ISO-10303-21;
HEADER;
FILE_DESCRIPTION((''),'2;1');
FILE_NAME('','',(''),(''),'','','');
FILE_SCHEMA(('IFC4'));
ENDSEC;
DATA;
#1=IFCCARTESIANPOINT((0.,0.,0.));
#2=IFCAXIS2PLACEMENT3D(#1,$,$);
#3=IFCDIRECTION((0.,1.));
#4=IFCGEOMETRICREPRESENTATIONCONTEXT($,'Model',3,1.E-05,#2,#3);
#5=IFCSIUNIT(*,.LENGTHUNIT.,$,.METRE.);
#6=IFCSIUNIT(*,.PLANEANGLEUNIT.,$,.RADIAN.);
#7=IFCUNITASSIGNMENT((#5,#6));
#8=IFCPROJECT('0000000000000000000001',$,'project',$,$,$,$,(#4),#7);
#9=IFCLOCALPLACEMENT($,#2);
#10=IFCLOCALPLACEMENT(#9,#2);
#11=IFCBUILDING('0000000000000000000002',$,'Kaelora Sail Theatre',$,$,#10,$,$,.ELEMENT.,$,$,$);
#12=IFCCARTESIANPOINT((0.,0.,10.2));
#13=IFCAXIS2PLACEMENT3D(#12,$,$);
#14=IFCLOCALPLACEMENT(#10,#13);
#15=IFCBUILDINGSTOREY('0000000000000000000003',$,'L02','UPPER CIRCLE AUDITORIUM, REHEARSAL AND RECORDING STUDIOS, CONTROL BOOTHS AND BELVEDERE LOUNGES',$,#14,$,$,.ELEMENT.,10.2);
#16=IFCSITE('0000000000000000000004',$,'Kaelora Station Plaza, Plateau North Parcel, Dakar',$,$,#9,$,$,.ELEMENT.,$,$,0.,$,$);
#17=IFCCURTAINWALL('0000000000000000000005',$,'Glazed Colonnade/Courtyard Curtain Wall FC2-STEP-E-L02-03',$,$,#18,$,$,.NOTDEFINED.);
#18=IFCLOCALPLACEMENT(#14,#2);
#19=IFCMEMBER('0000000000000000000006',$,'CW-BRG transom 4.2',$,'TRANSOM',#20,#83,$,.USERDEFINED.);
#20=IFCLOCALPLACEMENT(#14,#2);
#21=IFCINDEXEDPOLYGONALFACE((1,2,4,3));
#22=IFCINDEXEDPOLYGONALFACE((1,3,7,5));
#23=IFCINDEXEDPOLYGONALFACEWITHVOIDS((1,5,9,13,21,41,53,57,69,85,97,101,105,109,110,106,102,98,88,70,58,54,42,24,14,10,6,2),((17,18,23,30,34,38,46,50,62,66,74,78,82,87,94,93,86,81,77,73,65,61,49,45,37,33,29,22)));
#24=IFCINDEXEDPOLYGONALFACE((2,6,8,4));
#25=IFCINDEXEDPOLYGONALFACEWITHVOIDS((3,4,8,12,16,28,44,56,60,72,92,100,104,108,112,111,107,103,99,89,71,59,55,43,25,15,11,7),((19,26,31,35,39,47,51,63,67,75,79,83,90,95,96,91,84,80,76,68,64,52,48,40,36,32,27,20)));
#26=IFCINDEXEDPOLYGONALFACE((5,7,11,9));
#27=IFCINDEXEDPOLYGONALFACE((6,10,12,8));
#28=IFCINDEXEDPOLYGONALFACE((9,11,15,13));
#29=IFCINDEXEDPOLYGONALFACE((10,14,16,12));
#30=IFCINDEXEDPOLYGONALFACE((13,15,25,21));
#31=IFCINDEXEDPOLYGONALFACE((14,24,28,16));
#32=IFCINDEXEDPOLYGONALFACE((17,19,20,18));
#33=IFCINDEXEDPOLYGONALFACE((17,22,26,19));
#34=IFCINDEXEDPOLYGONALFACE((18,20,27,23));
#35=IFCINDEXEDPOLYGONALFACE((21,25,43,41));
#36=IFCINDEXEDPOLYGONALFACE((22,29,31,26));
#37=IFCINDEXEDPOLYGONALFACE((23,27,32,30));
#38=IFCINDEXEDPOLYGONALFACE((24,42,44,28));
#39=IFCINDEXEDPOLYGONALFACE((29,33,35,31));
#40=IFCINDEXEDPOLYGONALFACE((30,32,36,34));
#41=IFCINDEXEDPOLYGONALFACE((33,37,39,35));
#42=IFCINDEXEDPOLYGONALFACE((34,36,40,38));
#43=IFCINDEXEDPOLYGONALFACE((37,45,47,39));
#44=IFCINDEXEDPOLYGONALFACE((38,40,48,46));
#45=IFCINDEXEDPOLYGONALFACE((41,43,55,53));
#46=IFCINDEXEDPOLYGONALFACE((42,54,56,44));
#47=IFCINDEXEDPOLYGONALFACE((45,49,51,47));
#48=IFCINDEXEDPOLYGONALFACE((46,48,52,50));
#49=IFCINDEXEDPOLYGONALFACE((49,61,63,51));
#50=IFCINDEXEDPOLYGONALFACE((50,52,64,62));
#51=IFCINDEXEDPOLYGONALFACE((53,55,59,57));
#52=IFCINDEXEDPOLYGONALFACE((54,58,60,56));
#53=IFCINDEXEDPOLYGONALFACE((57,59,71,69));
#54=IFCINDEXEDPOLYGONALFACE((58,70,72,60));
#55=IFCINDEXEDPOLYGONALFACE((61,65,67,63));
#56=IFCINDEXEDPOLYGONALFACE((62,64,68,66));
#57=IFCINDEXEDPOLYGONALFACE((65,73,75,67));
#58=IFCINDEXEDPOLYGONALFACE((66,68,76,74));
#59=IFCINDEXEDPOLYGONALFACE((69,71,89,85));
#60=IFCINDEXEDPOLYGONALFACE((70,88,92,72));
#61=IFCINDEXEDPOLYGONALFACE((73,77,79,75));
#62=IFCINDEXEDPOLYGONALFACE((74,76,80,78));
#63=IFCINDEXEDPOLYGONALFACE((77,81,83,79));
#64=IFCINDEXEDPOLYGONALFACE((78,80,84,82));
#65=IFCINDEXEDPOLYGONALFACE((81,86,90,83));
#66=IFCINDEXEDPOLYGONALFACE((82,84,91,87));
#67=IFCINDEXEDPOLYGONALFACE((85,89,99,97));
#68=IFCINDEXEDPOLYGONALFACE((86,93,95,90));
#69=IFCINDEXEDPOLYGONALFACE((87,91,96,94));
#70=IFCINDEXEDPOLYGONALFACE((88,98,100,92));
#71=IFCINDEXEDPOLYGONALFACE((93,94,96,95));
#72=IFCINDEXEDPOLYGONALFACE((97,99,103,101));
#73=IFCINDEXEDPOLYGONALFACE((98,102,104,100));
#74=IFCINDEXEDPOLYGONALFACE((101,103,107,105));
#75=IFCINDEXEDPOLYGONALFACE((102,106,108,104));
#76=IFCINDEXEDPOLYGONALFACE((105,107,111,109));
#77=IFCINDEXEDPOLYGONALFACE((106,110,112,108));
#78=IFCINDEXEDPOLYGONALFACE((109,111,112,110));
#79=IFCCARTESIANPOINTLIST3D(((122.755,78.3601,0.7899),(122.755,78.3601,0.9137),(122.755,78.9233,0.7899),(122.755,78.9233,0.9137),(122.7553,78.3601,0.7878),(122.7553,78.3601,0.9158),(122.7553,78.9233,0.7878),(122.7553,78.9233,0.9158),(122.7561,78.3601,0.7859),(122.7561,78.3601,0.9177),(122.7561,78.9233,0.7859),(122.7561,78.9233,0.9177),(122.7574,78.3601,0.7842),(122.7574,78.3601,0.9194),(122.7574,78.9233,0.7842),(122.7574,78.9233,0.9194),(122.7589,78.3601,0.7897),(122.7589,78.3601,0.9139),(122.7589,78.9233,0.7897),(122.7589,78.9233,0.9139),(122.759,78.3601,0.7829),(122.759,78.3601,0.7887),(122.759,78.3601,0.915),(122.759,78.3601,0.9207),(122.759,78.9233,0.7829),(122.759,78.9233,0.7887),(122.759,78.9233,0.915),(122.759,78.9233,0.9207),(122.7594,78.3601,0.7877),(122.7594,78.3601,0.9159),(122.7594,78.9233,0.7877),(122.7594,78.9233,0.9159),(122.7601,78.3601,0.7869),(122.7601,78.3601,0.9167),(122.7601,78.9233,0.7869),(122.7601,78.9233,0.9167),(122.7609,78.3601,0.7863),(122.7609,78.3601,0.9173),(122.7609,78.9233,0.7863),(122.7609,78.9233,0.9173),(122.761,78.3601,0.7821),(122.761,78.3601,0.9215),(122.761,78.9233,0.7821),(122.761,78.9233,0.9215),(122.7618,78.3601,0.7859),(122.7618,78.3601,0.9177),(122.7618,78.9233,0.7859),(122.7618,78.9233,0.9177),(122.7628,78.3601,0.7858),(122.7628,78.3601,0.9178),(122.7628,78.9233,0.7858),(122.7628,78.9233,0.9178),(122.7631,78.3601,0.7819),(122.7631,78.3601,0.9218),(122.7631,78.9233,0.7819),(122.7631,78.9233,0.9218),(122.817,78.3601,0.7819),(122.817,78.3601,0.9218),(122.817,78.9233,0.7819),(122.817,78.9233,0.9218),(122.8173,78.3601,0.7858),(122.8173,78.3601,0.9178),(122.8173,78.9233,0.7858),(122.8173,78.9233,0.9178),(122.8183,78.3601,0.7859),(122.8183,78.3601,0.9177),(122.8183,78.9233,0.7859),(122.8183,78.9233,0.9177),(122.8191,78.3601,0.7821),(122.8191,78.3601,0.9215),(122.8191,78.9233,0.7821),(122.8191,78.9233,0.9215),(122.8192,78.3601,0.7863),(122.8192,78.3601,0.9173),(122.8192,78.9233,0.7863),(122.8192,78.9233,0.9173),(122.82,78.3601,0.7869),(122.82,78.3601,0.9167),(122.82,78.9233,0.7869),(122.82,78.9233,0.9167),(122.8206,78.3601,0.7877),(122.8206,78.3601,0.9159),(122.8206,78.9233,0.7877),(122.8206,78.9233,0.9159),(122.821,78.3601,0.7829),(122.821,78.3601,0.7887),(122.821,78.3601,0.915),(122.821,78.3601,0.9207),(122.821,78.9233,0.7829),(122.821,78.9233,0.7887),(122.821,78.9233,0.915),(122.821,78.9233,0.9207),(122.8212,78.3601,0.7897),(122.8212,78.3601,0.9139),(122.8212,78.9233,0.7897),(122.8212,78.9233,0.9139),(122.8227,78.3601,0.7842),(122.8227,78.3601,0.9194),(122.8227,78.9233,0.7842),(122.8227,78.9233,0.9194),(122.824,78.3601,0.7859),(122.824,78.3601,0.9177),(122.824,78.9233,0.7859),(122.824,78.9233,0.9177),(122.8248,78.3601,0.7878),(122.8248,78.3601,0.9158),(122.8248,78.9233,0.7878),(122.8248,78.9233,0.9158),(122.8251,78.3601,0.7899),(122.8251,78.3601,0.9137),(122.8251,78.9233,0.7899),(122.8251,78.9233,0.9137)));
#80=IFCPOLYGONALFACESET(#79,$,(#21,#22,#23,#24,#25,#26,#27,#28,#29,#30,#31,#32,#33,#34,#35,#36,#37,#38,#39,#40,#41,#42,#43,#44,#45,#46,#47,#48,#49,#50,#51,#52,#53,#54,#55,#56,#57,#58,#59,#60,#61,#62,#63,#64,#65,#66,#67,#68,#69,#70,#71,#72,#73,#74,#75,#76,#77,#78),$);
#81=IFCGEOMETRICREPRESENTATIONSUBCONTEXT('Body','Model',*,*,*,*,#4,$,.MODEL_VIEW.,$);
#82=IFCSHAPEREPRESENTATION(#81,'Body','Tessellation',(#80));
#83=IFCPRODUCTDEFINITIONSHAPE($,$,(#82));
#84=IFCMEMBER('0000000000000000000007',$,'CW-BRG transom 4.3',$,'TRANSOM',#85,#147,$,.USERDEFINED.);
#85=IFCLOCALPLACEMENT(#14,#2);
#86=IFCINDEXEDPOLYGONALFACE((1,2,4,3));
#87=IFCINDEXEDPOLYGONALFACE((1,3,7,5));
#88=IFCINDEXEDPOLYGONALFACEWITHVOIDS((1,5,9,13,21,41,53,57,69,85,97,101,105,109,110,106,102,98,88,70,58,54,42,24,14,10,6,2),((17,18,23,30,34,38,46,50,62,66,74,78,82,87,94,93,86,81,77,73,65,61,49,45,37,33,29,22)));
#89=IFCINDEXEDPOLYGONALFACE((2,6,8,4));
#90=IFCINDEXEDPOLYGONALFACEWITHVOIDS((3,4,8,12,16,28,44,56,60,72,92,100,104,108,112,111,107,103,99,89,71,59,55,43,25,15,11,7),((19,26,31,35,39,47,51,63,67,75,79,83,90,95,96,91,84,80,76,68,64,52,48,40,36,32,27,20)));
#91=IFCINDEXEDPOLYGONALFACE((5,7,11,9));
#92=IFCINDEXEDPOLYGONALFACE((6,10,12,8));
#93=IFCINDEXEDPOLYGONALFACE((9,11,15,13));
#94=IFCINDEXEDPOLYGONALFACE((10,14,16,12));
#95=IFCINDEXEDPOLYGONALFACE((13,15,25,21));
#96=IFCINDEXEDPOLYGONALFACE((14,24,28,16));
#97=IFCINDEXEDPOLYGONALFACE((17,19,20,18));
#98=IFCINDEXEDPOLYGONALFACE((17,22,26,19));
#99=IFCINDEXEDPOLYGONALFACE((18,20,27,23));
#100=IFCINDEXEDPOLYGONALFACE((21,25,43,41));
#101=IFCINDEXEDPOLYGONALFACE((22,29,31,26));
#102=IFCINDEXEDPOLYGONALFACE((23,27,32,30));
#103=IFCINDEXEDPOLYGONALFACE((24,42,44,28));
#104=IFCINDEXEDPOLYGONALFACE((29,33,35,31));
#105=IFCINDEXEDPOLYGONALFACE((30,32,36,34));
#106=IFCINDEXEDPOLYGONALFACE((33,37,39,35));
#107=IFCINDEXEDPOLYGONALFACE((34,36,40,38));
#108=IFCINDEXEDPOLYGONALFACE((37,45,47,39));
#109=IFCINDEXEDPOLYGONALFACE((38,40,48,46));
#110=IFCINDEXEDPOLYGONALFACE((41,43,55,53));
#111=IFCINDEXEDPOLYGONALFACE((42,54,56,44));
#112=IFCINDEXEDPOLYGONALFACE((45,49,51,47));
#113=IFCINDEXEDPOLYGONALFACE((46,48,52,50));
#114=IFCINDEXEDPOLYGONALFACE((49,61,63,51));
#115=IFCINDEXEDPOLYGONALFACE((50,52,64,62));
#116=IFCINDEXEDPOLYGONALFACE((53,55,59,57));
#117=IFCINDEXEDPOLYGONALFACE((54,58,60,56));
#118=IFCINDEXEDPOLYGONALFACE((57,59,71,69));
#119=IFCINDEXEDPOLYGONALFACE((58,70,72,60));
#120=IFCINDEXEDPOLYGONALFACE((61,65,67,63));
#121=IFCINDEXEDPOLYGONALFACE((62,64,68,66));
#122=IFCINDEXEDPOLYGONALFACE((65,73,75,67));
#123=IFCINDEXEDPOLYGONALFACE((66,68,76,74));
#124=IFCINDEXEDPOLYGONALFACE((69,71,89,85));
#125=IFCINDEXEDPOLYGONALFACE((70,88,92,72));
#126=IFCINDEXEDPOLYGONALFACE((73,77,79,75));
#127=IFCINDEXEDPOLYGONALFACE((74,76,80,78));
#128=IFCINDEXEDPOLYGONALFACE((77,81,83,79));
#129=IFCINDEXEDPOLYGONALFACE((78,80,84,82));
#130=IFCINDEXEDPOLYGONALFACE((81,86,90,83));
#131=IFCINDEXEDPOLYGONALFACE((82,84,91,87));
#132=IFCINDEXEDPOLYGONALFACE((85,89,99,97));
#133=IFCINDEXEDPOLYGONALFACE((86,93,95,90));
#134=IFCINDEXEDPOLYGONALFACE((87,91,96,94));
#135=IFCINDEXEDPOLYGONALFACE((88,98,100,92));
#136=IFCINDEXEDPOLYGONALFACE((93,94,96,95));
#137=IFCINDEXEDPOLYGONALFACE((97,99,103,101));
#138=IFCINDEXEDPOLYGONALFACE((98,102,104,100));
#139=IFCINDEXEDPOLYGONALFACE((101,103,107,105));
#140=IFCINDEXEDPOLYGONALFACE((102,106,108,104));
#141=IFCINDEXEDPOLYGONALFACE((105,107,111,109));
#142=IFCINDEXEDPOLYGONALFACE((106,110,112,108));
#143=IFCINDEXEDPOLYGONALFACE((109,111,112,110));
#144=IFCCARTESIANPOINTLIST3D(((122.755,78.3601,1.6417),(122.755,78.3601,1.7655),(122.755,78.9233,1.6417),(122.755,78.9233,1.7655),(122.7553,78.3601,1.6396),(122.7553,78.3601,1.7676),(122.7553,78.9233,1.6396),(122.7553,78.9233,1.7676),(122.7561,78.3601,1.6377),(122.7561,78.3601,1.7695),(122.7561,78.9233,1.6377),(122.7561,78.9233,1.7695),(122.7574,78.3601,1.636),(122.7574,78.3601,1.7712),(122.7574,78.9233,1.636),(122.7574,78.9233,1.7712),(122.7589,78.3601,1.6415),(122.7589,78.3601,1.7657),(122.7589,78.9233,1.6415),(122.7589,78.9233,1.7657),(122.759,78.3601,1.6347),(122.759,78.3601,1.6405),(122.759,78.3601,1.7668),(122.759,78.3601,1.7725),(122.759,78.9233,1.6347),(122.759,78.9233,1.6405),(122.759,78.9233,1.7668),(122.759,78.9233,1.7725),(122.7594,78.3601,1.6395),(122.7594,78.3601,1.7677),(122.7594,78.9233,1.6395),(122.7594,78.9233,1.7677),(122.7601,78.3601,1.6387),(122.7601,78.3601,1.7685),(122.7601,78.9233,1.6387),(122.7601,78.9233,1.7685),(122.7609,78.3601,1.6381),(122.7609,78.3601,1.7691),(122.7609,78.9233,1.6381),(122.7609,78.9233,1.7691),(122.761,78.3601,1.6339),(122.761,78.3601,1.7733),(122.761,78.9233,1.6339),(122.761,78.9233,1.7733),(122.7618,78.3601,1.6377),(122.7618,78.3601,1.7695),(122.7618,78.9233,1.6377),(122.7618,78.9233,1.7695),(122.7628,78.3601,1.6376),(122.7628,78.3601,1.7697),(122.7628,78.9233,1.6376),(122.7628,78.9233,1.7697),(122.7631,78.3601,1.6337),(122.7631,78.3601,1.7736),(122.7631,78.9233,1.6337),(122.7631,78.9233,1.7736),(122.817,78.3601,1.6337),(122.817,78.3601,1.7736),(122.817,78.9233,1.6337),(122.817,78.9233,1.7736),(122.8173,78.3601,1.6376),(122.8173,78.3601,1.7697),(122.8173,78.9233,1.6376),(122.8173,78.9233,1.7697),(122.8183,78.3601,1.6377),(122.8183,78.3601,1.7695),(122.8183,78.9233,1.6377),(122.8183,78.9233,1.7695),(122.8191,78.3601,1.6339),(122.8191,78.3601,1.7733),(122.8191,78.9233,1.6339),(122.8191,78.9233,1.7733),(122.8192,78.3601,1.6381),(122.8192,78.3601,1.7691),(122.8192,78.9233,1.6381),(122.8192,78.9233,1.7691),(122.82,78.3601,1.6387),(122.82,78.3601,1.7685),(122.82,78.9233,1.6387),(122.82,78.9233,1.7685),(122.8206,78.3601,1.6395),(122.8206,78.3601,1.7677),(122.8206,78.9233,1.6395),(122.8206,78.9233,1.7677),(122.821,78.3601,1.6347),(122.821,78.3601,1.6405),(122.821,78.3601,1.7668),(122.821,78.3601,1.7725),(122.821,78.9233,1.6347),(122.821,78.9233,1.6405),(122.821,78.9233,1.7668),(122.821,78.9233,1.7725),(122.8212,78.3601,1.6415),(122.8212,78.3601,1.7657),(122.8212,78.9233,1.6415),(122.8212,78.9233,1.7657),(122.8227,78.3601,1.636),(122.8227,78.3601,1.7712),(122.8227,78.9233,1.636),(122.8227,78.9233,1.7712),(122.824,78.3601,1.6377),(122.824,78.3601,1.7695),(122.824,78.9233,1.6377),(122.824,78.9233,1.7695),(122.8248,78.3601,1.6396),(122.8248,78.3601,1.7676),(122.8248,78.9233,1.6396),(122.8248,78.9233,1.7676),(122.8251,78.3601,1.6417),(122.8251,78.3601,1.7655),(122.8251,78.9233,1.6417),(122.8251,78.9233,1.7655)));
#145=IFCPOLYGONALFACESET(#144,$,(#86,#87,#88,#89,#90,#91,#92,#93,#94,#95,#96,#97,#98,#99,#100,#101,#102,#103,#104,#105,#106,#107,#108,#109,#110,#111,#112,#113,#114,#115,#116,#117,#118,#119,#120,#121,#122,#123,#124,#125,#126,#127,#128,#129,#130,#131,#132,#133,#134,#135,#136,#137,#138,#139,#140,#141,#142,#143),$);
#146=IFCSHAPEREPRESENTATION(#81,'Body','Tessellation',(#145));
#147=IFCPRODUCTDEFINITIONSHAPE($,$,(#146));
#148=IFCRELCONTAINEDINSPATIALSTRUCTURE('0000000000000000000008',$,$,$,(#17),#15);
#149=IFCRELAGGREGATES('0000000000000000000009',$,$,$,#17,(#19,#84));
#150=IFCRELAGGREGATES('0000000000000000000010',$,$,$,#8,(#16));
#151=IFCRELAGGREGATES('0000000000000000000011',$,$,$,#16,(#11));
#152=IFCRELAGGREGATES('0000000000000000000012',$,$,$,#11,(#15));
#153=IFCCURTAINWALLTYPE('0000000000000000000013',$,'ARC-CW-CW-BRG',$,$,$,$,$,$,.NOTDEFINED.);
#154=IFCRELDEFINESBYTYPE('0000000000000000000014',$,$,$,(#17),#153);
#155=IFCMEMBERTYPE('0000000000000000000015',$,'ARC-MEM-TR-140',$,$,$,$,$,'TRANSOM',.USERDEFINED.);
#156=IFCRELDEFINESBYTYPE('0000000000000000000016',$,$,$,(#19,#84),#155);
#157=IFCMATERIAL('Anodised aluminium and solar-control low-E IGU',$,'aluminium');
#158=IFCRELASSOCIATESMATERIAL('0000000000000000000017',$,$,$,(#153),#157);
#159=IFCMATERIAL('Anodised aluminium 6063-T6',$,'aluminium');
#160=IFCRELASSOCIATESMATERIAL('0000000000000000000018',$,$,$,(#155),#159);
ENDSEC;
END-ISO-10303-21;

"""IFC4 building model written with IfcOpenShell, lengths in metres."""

from ifc_helpers import new_model, si_unit, direction, frame, origin, origin_2d, place, context, subcontext, project, spatial, hollow_rectangle, extrude, material, material_profile, profile_set, type_object, element, aggregate, save


model = new_model("IFC4")

# Units and contexts
model_context = context("Model", 3, precision=1e-05, world=origin(), true_north=direction((0.0, 1.0)))
body_context = subcontext(model_context, "Body", "Model", "MODEL_VIEW")
ifc_project = project(units=[si_unit("LENGTHUNIT", "METRE"), si_unit("PLANEANGLEUNIT", "RADIAN")], contexts=[model_context])

# Site, building, storey
site_placement = place(None, origin())
site = spatial("IfcSite", under=ifc_project, at=site_placement, Name="Kaelora Station Plaza, Plateau North Parcel, Dakar", CompositionType="ELEMENT", RefElevation=0.0)
building_placement = place(site_placement, origin())
building = spatial("IfcBuilding", under=site, at=building_placement, Name="Kaelora Sail Theatre", CompositionType="ELEMENT")
storey_placement = place(building_placement, frame((0.0, 0.0, 10.2)))
storey = spatial("IfcBuildingStorey", under=building, at=storey_placement, Name="L02", Description="UPPER CIRCLE AUDITORIUM, REHEARSAL AND RECORDING STUDIOS, CONTROL BOOTHS AND BELVEDERE LOUNGES", CompositionType="ELEMENT", Elevation=10.2)

# Curtain wall, members
ifc_material_1 = material(Name="Anodised aluminium and solar-control low-E IGU", Category="aluminium")
curtain_wall_type = type_object("IfcCurtainWallType", Name="ARC-CW-CW-BRG", PredefinedType="NOTDEFINED", material=ifc_material_1)
curtain_wall_placement = place(storey_placement, origin())
curtain_wall = element("IfcCurtainWall", 1, at=curtain_wall_placement, inside=storey, type_object=curtain_wall_type, Name="Glazed Colonnade/Courtyard Curtain Wall FC2-STEP-E-L02-03", PredefinedType="NOTDEFINED")
ifc_material_2 = material(Name="Anodised aluminium 6063-T6", Category="aluminium")
ifc_material_profile_1 = material_profile(ifc_material_2, hollow_rectangle(XDim=0.0701, YDim=0.1399, WallThickness=0.0039, InnerFilletRadius=0.0039, OuterFilletRadius=0.0081, at=origin_2d()), Name="ALU-TRAN 70x140x4")
ifc_profile_set_1 = profile_set([ifc_material_profile_1], Name="Anodised aluminium 6063-T6")
member_type_1 = type_object("IfcMemberType", Name="ARC-MEM-TR-140", ElementType="TRANSOM", PredefinedType="USERDEFINED", material=ifc_profile_set_1)
member_1_placement = place(storey_placement, frame((122.79, 78.3601, 0.8518), z_axis=(0.0, 1.0, 0.0), x_axis=(-1.0, 0.0, 0.0)))
member_1 = element("IfcMember", 2, at=member_1_placement, type_object=member_type_1, Name="CW-BRG transom 4.2", ObjectType="TRANSOM", PredefinedType="USERDEFINED", context=body_context, shape_type="SweptSolid", body=[
    extrude(hollow_rectangle(XDim=0.0701, YDim=0.1399, WallThickness=0.0039, InnerFilletRadius=0.0039, OuterFilletRadius=0.0081, at=origin_2d()), origin(), (0.0, 0.0, 1.0), 0.5632),
])
member_2_placement = place(storey_placement, frame((122.79, 78.3601, 1.7036), z_axis=(0.0, 1.0, 0.0), x_axis=(-1.0, 0.0, 0.0)))
member_2 = element("IfcMember", 3, at=member_2_placement, type_object=member_type_1, Name="CW-BRG transom 4.3", ObjectType="TRANSOM", PredefinedType="USERDEFINED", context=body_context, shape_type="SweptSolid", body=[
    extrude(hollow_rectangle(XDim=0.0701, YDim=0.1399, WallThickness=0.0039, InnerFilletRadius=0.0039, OuterFilletRadius=0.0081, at=origin_2d()), origin(), (0.0, 0.0, 1.0), 0.5632),
])
aggregate(curtain_wall, [member_1, member_2])

save(model, "model.ifc")
